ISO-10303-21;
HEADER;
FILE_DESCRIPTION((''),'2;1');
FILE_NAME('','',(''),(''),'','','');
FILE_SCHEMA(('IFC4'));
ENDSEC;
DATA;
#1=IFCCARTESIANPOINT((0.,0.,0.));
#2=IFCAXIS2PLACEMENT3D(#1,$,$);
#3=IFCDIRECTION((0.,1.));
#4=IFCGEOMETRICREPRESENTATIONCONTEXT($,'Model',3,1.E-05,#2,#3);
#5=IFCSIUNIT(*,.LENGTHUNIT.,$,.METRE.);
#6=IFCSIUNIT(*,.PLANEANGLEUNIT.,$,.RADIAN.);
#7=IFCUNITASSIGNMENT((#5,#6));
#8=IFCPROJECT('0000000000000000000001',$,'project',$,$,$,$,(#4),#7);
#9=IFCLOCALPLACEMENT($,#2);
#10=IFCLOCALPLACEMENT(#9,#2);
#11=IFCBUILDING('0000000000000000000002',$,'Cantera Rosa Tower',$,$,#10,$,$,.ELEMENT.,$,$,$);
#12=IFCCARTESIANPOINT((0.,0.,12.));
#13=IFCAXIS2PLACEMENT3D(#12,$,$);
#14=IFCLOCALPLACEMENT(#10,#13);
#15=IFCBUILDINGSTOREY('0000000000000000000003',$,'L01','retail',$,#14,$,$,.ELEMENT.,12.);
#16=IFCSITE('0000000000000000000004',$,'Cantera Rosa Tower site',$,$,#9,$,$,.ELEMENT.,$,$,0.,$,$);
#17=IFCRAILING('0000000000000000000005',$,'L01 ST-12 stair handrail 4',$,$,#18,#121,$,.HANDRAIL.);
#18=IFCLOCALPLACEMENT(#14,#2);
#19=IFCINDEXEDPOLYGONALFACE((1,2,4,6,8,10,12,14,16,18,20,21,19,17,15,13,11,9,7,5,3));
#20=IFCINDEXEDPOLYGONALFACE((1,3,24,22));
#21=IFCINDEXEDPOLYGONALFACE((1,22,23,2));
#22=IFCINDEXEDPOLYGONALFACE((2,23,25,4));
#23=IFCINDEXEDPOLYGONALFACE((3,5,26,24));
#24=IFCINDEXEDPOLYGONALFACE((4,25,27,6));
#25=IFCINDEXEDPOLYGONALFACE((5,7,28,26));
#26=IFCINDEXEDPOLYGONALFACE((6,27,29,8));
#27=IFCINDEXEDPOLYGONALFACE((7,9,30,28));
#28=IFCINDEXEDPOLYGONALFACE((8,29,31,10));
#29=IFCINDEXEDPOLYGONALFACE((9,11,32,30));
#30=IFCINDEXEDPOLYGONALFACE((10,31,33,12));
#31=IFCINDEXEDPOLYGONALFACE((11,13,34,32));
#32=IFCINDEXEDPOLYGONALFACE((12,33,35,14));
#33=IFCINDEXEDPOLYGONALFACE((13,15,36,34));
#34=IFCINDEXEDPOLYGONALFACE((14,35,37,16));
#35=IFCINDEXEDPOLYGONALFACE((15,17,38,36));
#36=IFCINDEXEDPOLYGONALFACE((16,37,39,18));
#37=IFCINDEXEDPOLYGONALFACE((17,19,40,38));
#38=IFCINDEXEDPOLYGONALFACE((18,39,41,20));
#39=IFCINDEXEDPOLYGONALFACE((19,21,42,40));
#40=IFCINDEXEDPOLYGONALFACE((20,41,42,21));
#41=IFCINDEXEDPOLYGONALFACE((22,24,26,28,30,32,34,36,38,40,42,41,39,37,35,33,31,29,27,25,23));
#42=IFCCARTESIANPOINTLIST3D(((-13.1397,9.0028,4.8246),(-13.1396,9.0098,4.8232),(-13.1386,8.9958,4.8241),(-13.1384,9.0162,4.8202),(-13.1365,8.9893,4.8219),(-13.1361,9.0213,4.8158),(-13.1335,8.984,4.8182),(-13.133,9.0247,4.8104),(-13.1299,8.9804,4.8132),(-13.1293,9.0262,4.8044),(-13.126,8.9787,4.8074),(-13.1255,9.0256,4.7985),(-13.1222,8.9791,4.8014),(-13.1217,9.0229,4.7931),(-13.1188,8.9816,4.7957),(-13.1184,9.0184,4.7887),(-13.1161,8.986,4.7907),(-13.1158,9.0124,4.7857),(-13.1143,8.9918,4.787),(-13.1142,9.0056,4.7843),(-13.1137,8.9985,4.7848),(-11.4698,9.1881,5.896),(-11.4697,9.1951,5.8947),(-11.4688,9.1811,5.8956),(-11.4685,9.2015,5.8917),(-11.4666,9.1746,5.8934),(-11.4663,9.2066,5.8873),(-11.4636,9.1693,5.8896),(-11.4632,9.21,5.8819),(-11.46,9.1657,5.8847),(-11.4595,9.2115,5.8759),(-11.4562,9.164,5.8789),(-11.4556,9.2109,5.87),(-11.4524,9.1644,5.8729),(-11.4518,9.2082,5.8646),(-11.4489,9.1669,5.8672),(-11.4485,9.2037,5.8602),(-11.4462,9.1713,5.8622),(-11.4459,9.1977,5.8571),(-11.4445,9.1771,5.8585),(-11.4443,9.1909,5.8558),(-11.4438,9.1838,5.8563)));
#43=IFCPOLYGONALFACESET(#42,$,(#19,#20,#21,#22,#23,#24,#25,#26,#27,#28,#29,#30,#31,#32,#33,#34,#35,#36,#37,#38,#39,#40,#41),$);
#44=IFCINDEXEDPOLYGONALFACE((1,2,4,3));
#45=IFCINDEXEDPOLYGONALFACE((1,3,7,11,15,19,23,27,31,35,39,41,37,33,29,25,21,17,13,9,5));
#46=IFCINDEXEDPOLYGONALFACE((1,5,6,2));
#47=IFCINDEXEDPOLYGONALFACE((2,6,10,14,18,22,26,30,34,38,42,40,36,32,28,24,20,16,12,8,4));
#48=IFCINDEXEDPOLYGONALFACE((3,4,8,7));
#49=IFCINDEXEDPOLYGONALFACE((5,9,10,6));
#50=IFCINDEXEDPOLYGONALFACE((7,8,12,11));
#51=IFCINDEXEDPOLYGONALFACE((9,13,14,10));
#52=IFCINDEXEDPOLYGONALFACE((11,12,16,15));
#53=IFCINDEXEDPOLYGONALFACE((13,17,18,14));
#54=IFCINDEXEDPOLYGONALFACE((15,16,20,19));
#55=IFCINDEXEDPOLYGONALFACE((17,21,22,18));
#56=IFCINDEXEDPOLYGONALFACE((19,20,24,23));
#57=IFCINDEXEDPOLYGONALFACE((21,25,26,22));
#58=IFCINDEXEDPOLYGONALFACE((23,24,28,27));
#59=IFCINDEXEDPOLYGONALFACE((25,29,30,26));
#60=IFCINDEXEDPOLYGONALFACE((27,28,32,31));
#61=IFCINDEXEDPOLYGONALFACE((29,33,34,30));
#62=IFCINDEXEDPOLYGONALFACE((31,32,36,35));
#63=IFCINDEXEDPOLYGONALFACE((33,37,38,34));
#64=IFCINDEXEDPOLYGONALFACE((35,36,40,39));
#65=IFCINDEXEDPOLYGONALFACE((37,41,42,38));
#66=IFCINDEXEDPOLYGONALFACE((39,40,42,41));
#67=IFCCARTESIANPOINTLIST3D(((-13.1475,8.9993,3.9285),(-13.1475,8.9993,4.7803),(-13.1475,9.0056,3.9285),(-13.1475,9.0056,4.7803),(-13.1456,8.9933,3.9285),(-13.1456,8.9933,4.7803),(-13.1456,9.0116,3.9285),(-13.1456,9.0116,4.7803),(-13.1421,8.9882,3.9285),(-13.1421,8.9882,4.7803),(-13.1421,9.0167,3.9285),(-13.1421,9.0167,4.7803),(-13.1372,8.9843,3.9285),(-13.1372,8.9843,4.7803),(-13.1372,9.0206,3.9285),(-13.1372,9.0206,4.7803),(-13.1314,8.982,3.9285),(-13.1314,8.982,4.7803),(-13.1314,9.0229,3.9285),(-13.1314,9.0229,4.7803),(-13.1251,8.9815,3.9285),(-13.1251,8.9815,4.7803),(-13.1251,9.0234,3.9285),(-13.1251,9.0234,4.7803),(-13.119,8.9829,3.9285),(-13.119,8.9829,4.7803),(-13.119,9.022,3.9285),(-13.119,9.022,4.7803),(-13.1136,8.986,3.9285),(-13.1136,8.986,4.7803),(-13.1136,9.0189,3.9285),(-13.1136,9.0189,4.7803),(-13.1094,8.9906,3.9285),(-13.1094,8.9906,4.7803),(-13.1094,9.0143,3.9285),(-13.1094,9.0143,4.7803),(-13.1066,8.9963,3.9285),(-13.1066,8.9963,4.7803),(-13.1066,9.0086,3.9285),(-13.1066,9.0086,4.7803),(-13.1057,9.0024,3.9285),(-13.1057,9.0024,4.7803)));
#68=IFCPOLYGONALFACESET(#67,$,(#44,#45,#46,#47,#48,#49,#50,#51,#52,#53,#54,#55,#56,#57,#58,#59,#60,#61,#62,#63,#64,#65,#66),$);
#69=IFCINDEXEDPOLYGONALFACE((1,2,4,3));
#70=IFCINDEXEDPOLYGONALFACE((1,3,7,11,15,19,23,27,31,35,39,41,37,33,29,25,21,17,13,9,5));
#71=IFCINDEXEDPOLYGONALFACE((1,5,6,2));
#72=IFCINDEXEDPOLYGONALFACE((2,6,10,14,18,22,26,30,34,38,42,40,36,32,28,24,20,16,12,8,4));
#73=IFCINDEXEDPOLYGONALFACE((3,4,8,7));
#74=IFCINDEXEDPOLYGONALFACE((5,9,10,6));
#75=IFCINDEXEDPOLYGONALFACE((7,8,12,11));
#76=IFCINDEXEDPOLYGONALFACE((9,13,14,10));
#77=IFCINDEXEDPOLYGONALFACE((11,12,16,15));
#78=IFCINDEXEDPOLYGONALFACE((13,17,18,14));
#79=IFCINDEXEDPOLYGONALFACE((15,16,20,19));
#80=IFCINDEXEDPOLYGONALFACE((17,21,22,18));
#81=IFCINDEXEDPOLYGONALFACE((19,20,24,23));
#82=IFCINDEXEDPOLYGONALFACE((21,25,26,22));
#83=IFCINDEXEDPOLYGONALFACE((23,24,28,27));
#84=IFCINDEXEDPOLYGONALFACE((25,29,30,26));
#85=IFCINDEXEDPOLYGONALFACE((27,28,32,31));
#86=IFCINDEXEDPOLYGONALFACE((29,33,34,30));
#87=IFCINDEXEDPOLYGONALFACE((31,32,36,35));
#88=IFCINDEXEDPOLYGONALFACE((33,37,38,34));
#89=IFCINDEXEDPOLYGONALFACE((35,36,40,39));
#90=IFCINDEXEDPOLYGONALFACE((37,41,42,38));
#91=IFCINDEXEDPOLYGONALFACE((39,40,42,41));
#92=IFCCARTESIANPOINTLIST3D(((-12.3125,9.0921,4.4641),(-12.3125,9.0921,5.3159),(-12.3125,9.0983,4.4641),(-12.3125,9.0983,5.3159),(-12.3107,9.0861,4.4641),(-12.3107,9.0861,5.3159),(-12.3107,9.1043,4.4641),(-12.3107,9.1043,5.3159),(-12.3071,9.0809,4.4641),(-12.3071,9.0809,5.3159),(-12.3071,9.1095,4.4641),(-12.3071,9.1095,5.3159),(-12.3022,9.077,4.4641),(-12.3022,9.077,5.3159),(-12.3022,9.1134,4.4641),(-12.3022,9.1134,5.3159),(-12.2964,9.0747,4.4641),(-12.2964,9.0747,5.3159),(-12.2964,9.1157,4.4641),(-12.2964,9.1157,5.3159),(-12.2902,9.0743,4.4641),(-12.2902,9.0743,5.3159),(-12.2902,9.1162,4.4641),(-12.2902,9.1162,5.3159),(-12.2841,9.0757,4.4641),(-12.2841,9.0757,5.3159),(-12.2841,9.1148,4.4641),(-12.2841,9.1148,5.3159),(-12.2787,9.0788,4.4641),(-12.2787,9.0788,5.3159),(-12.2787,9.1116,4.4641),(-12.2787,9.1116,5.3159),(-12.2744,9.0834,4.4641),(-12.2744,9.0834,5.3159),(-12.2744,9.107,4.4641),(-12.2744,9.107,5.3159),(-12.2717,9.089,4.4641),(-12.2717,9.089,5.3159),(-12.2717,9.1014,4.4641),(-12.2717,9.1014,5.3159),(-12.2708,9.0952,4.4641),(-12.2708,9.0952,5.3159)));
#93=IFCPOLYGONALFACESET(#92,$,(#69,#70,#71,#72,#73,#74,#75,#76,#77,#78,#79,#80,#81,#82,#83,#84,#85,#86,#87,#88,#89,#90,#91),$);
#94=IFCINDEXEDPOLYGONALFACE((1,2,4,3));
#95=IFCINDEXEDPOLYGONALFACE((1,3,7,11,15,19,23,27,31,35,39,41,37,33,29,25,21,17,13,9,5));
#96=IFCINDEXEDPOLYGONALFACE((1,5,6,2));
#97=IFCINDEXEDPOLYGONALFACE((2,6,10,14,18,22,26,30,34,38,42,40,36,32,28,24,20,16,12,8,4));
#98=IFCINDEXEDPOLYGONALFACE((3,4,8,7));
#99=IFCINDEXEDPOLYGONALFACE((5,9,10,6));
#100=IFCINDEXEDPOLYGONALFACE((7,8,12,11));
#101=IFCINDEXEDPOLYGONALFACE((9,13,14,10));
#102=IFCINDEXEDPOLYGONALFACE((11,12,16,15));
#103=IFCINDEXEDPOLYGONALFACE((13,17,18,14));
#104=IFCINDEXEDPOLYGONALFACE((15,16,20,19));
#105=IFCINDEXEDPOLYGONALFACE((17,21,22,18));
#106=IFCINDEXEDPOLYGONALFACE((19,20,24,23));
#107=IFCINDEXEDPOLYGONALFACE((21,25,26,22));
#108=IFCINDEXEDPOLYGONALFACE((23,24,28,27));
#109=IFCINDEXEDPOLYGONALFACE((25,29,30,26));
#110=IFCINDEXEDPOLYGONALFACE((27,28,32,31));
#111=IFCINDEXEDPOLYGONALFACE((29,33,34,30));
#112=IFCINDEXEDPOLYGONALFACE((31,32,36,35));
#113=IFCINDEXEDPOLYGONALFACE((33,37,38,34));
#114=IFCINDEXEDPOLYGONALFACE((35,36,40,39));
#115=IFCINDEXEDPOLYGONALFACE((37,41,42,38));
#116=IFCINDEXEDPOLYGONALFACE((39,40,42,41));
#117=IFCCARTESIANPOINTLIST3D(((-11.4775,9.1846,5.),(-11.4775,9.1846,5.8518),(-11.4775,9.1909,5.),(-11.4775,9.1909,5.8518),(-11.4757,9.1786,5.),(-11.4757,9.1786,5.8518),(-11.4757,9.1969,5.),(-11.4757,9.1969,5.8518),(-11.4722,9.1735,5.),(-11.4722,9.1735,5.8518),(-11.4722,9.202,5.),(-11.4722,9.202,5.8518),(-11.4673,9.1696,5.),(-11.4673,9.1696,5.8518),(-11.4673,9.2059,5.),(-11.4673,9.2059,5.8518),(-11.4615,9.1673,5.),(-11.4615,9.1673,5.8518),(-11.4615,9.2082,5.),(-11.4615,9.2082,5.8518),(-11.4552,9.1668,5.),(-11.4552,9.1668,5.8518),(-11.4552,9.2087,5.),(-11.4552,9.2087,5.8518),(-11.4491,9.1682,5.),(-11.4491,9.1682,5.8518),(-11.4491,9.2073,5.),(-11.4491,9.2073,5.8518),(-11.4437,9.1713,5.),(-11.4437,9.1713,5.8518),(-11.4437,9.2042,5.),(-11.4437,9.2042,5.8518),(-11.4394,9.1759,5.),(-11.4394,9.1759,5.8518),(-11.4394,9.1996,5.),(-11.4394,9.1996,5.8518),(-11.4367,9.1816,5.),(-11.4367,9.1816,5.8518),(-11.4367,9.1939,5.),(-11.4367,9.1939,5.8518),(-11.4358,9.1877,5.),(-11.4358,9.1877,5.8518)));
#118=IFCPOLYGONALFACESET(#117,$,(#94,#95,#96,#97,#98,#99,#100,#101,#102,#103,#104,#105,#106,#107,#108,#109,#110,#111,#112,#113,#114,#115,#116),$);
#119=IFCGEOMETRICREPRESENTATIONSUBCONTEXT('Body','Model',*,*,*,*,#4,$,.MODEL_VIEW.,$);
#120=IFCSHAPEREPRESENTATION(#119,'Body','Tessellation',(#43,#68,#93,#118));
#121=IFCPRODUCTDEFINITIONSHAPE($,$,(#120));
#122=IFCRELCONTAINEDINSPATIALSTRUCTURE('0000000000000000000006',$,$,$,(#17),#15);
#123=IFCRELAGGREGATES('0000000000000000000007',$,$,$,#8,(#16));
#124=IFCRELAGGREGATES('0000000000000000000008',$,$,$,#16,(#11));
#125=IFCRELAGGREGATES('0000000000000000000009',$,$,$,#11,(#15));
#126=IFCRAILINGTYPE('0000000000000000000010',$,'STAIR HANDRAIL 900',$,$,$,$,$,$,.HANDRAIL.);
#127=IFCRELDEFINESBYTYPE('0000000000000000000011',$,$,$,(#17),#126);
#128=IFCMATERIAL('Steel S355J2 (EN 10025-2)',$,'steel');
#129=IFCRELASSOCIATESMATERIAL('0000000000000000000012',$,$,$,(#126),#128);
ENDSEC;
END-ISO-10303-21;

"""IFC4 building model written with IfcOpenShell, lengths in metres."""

from ifc_helpers import new_model, si_unit, direction, frame, origin, origin_2d, place, context, subcontext, project, spatial, circle, extrude, material, type_object, element, save


model = new_model("IFC4")

# Units and contexts
model_context = context("Model", 3, precision=1e-05, world=origin(), true_north=direction((0.0, 1.0)))
body_context = subcontext(model_context, "Body", "Model", "MODEL_VIEW")
ifc_project = project(units=[si_unit("LENGTHUNIT", "METRE"), si_unit("PLANEANGLEUNIT", "RADIAN")], contexts=[model_context])

# Site, building, storey
site_placement = place(None, origin())
site = spatial("IfcSite", under=ifc_project, at=site_placement, Name="Cantera Rosa Tower site", CompositionType="ELEMENT", RefElevation=0.0)
building_placement = place(site_placement, origin())
building = spatial("IfcBuilding", under=site, at=building_placement, Name="Cantera Rosa Tower", CompositionType="ELEMENT")
storey_placement = place(building_placement, frame((0.0, 0.0, 12.0)))
storey = spatial("IfcBuildingStorey", under=building, at=storey_placement, Name="L01", Description="retail", CompositionType="ELEMENT", Elevation=12.0)

# Railing
ifc_material_1 = material(Name="Steel S355J2 (EN 10025-2)", Category="steel")
railing_type = type_object("IfcRailingType", Name="STAIR HANDRAIL 900", PredefinedType="HANDRAIL", material=ifc_material_1)
for number, where, name in (
    (1, (-13.1267, 9.0024, 3.9285), "L01 ST-12 stair handrail 4"),
):
    element("IfcRailing", number, at=place(storey_placement, frame(where)), inside=storey, type_object=railing_type, Name=name, PredefinedType="HANDRAIL", context=body_context, shape_type="SweptSolid", body=[
        extrude(circle(Radius=0.0239, at=origin_2d()), frame((0.0, 0.0, 0.876), z_axis=(0.837987, 0.092987, 0.537709), x_axis=(-0.110288, 0.9939, 0.0)), (0.0, 0.0, 1.0), 1.9927),
        extrude(circle(Radius=0.021, at=origin_2d()), origin(), (0.0, 0.0, 1.0), 0.8518),
        extrude(circle(Radius=0.021, at=origin_2d()), frame((0.835, 0.0928, 0.5356)), (0.0, 0.0, 1.0), 0.8518),
        extrude(circle(Radius=0.021, at=origin_2d()), frame((1.6699, 0.1853, 1.0715)), (0.0, 0.0, 1.0), 0.8518),
    ])

save(model, "model.ifc")
